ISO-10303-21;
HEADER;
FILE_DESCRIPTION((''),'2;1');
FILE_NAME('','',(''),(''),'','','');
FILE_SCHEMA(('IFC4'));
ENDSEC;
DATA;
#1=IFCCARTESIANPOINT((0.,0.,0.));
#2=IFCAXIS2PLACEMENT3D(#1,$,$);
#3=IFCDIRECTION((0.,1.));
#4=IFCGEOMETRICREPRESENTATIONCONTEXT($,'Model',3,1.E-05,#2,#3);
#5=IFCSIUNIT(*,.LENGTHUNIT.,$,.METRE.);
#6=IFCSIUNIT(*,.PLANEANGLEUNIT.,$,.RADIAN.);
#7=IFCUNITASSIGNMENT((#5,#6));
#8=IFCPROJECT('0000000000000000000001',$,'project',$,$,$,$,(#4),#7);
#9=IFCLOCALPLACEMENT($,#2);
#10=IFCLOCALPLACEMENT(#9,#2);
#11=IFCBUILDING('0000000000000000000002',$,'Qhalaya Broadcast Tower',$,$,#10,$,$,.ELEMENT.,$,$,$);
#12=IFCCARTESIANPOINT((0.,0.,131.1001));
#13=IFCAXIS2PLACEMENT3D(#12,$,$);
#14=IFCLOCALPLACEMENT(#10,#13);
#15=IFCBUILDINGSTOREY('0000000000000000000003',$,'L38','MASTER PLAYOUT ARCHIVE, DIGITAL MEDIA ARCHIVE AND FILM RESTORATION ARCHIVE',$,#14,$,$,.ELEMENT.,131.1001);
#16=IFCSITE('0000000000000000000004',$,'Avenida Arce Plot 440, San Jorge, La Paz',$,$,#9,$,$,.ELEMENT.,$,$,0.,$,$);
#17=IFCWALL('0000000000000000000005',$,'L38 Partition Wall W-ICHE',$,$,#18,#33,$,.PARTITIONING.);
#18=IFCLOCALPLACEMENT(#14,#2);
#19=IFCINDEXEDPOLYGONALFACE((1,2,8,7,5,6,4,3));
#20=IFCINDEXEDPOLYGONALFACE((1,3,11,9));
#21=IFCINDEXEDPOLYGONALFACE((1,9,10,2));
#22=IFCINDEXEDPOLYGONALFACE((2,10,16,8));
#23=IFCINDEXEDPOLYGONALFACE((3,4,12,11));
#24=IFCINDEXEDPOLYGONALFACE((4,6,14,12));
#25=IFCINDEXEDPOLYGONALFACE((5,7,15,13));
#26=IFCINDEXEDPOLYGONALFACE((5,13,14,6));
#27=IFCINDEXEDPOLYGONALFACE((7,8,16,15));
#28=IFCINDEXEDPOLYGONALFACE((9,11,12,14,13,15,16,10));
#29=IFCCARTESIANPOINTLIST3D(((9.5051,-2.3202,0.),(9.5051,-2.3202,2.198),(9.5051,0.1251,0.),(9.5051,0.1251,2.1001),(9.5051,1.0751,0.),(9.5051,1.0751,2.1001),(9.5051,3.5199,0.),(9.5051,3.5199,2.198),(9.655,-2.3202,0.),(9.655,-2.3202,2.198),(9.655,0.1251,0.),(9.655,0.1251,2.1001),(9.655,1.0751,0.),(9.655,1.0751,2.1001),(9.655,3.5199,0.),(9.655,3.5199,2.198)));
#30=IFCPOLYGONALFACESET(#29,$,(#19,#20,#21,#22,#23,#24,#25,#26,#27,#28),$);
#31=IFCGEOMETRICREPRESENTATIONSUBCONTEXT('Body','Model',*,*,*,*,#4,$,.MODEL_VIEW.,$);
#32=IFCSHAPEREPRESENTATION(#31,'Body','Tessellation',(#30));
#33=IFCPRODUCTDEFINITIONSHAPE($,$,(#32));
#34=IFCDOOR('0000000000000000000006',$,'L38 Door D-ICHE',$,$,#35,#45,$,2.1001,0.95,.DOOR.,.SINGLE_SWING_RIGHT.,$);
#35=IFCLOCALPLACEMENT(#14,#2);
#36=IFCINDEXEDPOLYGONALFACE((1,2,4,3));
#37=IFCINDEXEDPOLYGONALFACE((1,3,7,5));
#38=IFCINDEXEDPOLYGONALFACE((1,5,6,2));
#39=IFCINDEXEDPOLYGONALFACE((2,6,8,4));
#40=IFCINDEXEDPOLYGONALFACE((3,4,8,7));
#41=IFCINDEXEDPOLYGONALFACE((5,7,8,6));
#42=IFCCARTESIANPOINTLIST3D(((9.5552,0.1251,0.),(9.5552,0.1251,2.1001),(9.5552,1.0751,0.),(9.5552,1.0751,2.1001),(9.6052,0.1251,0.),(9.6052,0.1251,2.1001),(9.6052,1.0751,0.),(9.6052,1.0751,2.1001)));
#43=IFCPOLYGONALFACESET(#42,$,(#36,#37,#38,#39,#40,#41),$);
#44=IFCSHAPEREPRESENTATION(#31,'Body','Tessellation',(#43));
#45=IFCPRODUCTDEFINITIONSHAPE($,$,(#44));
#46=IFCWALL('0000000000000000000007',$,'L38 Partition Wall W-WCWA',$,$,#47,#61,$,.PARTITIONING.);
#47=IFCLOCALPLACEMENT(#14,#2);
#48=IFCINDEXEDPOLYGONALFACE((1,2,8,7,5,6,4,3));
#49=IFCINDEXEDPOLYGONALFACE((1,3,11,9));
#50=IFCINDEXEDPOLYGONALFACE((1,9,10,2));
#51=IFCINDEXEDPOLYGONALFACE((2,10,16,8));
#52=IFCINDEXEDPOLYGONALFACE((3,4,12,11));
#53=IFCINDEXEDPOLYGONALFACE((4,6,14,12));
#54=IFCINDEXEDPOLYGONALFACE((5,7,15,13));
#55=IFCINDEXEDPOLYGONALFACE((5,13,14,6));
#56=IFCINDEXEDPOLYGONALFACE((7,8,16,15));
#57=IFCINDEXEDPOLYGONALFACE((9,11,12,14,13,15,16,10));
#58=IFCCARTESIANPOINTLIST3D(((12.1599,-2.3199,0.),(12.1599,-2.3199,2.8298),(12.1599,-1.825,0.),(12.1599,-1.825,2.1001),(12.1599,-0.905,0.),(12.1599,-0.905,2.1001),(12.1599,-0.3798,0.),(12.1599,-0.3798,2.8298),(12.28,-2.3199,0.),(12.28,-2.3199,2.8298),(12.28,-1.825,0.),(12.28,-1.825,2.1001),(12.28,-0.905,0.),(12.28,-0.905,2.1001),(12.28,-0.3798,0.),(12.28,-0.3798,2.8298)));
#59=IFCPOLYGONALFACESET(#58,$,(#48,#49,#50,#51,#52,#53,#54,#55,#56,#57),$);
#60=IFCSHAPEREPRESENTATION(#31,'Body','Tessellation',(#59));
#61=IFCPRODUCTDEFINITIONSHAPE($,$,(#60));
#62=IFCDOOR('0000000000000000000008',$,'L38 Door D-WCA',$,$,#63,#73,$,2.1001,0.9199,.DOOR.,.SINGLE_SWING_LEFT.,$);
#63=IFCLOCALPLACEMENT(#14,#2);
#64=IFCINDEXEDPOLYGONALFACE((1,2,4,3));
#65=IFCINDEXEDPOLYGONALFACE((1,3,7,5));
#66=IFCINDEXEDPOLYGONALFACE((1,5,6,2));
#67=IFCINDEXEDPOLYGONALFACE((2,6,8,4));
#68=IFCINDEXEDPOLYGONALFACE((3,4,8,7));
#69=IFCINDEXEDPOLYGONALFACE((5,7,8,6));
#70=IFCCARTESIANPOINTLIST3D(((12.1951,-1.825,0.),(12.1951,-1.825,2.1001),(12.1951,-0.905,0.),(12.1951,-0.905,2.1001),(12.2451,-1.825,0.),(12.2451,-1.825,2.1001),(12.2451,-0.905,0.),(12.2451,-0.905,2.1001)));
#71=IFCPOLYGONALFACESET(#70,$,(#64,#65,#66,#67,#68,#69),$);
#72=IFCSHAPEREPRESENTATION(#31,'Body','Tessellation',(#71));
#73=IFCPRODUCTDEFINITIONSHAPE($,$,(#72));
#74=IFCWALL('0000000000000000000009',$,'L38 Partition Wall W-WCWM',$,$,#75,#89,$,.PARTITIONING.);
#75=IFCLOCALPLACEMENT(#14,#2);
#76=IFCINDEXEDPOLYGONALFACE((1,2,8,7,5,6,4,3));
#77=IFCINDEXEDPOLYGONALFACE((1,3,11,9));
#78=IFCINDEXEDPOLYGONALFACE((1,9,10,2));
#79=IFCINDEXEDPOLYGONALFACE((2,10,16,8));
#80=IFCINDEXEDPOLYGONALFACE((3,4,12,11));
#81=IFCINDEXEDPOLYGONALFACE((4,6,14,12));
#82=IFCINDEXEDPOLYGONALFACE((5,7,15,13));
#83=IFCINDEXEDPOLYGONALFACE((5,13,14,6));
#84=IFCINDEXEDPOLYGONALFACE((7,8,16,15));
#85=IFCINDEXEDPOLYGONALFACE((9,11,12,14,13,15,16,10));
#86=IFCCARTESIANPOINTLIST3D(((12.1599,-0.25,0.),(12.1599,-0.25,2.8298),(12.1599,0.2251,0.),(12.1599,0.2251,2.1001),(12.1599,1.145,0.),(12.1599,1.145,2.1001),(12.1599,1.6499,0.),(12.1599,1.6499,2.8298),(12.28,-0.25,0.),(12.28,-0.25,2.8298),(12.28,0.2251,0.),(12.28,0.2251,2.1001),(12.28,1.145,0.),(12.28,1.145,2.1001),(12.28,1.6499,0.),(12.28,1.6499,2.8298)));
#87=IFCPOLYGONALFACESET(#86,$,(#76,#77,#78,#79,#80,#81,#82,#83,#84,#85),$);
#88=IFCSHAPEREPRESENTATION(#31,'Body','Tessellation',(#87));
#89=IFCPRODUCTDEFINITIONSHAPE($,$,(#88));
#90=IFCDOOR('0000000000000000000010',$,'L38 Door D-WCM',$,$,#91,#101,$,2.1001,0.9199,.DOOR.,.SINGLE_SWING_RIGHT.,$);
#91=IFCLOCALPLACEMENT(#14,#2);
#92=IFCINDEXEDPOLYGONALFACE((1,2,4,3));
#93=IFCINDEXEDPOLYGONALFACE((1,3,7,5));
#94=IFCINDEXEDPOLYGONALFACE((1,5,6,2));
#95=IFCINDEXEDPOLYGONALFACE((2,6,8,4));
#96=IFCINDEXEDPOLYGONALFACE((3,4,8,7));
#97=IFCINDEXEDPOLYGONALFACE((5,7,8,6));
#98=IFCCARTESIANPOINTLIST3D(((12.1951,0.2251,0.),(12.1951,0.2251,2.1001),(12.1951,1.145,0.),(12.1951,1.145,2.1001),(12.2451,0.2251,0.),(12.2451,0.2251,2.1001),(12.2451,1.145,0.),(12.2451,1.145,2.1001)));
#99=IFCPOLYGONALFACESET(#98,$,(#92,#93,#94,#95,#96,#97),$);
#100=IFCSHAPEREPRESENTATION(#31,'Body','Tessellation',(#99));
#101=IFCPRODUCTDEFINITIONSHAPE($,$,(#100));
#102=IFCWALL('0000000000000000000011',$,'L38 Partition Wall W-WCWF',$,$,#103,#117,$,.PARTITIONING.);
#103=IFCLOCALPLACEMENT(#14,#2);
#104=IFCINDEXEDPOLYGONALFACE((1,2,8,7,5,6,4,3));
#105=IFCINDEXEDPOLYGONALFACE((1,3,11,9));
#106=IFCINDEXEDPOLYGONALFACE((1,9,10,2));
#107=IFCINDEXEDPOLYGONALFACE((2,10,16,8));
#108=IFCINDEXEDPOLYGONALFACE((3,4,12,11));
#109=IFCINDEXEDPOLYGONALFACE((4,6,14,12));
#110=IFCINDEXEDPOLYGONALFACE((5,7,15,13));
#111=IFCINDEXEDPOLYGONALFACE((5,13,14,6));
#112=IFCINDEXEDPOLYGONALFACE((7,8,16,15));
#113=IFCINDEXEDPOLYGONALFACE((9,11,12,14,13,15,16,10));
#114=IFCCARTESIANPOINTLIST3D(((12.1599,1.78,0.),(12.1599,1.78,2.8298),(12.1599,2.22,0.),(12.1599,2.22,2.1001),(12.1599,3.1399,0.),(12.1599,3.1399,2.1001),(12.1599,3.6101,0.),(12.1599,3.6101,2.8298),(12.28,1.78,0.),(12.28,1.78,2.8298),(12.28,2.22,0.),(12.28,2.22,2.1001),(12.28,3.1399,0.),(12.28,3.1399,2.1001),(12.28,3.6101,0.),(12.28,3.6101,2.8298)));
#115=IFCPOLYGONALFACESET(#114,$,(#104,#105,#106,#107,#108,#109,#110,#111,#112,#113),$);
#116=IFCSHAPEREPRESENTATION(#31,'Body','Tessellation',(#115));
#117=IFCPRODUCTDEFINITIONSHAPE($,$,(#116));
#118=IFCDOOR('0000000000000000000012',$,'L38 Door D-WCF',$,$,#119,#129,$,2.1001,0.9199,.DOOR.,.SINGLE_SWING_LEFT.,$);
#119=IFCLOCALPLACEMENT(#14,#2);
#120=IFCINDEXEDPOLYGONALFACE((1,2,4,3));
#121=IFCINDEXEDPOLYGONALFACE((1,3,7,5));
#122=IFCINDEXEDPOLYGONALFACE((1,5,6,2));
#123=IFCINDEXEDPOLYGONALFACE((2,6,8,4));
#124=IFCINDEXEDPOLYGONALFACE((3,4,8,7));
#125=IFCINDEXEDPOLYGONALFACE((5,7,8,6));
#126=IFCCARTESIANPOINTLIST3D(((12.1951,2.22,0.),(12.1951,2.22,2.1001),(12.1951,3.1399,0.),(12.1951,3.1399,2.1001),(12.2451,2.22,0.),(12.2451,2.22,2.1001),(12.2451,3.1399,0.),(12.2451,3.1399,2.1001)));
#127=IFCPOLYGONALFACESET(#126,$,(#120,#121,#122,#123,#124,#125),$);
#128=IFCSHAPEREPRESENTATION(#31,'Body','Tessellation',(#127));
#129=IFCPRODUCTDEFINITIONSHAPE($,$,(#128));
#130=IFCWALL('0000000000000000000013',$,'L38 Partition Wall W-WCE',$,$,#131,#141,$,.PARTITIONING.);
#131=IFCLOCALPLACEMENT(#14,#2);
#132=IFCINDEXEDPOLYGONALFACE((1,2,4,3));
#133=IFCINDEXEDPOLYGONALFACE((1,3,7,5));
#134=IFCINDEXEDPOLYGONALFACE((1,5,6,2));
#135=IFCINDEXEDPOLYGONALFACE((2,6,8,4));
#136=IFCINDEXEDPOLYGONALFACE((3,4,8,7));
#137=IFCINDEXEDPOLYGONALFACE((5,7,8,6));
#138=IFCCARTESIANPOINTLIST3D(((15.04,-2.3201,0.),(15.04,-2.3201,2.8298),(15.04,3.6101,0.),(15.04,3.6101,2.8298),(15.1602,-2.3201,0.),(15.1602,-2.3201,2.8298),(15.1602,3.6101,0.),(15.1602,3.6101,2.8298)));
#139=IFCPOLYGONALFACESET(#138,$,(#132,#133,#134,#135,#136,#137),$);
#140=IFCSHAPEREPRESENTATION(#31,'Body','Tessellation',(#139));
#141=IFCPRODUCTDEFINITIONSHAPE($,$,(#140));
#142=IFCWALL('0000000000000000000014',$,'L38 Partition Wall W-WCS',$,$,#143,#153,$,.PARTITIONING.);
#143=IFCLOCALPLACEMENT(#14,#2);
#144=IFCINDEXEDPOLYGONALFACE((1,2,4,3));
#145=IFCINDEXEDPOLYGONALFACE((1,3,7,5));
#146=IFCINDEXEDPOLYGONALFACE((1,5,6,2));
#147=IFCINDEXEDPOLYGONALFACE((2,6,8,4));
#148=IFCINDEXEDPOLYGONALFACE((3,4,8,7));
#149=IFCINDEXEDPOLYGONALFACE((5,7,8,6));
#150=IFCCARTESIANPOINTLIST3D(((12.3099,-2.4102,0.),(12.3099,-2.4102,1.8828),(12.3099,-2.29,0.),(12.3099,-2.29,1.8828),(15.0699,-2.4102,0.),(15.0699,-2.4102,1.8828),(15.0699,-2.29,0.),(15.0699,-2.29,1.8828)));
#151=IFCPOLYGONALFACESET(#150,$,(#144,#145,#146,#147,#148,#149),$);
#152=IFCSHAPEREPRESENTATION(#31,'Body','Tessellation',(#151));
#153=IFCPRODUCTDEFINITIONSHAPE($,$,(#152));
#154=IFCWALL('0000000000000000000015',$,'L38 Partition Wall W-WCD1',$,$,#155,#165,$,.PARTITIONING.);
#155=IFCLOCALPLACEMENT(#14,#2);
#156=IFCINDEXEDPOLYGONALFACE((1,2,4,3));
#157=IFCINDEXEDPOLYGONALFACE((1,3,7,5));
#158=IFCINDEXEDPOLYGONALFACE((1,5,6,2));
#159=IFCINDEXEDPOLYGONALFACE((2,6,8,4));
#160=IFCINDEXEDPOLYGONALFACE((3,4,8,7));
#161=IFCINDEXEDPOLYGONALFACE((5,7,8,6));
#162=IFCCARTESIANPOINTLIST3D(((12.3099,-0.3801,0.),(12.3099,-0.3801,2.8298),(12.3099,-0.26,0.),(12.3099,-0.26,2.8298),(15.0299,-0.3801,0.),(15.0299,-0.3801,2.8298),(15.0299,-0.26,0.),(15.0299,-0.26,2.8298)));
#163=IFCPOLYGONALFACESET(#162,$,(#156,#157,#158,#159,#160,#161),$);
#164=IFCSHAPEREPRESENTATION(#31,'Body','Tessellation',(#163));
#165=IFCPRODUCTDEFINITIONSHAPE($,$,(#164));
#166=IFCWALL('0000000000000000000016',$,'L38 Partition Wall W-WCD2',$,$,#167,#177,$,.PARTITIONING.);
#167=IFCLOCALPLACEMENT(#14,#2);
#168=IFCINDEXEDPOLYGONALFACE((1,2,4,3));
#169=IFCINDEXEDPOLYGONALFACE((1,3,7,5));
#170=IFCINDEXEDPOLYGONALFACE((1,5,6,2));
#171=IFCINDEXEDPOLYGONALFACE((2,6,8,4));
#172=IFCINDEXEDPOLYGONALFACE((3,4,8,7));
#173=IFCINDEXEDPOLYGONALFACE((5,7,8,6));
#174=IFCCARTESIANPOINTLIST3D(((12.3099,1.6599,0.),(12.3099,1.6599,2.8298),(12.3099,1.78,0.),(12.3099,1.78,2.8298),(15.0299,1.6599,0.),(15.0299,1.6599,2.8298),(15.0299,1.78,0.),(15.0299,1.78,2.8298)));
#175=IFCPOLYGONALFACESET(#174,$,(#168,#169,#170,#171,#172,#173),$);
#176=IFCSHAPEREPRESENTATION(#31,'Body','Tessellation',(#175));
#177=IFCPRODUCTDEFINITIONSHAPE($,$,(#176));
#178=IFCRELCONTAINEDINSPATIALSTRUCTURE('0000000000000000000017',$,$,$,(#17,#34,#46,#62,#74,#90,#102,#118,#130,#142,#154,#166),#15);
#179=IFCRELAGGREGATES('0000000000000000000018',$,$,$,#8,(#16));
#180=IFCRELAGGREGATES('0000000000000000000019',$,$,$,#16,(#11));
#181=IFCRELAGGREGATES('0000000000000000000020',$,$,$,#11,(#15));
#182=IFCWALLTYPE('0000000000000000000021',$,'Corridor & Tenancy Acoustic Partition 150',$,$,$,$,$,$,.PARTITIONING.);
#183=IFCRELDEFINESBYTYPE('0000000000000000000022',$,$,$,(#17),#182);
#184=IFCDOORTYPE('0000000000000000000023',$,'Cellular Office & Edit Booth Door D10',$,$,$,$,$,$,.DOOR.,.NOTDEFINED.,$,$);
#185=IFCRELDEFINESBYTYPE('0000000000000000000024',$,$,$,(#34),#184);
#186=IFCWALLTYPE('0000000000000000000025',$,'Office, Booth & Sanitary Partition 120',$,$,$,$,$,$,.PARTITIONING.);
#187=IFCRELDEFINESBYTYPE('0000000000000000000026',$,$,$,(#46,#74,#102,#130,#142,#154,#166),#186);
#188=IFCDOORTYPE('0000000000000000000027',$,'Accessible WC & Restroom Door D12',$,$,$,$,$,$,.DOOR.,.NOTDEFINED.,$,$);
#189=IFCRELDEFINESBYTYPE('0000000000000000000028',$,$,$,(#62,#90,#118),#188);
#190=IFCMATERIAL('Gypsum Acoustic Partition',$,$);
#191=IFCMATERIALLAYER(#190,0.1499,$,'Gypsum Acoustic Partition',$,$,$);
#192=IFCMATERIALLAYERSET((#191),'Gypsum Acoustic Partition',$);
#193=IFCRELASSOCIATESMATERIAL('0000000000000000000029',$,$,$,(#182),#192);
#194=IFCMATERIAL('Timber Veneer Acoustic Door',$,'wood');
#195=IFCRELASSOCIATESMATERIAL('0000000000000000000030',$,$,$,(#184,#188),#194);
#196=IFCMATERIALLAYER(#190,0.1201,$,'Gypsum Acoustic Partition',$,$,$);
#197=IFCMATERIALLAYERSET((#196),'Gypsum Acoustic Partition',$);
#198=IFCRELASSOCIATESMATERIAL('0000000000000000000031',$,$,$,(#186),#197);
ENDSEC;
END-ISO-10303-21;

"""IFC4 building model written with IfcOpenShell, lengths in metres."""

from ifc_helpers import new_model, si_unit, direction, frame, frame_2d, origin, place, context, subcontext, project, spatial, rectangle, extrude, material, layer, layer_set, type_object, element, fill, save


model = new_model("IFC4")

# Units and contexts
model_context = context("Model", 3, precision=1e-05, world=origin(), true_north=direction((0.0, 1.0)))
body_context = subcontext(model_context, "Body", "Model", "MODEL_VIEW")
ifc_project = project(units=[si_unit("LENGTHUNIT", "METRE"), si_unit("PLANEANGLEUNIT", "RADIAN")], contexts=[model_context])

# Site, building, storey
site_placement = place(None, origin())
site = spatial("IfcSite", under=ifc_project, at=site_placement, Name="Avenida Arce Plot 440, San Jorge, La Paz", CompositionType="ELEMENT", RefElevation=0.0)
building_placement = place(site_placement, origin())
building = spatial("IfcBuilding", under=site, at=building_placement, Name="Qhalaya Broadcast Tower", CompositionType="ELEMENT")
storey_placement = place(building_placement, frame((0.0, 0.0, 131.1001)))
storey = spatial("IfcBuildingStorey", under=building, at=storey_placement, Name="L38", Description="MASTER PLAYOUT ARCHIVE, DIGITAL MEDIA ARCHIVE AND FILM RESTORATION ARCHIVE", CompositionType="ELEMENT", Elevation=131.1001)

# Walls, openings, doors
ifc_material_1 = material(Name="Gypsum Acoustic Partition")
ifc_layer_1 = layer(ifc_material_1, 0.1499, Name="Gypsum Acoustic Partition")
ifc_layer_set_1 = layer_set([ifc_layer_1], Name="Gypsum Acoustic Partition")
wall_type_1 = type_object("IfcWallType", Name="Corridor & Tenancy Acoustic Partition 150", PredefinedType="PARTITIONING", material=ifc_layer_set_1)
wall_1_placement = place(storey_placement, frame((9.5801, -2.3201, 0.0), z_axis=(0.0, 0.0, 1.0), x_axis=(0.0, 1.0, 0.0)))
wall_1 = element("IfcWall", 1, at=wall_1_placement, inside=storey, type_object=wall_type_1, Name="L38 Partition Wall W-ICHE", PredefinedType="PARTITIONING", context=body_context, shape_type="SweptSolid", body=[
    extrude(rectangle(XDim=5.8401, YDim=0.1499, at=frame_2d((2.9199, 0.0))), origin(), (0.0, 0.0, 1.0), 2.198),
])
opening_1_placement = place(wall_1_placement, frame((2.4451, 0.0, 0.0)))
opening_1 = element("IfcOpeningElement", 2, at=opening_1_placement, cuts=wall_1, PredefinedType="OPENING", context=body_context, shape_type="SweptSolid", body=[
    extrude(rectangle(XDim=0.95, YDim=2.1001, at=frame_2d((0.4751, 1.05))), frame((0.0, 0.0869, 0.0), z_axis=(0.0, -1.0, 0.0), x_axis=(1.0, 0.0, 0.0)), (0.0, 0.0, 1.0), 0.1738),
])
ifc_material_2 = material(Name="Timber Veneer Acoustic Door", Category="wood")
door_type_1 = type_object("IfcDoorType", Name="Cellular Office & Edit Booth Door D10", OperationType="NOTDEFINED", PredefinedType="DOOR", material=ifc_material_2)
door_1_placement = place(opening_1_placement, origin())
door_1 = element("IfcDoor", 3, at=door_1_placement, inside=storey, type_object=door_type_1, Name="L38 Door D-ICHE", OperationType="SINGLE_SWING_RIGHT", OverallHeight=2.1001, OverallWidth=0.95, PredefinedType="DOOR", context=body_context, shape_type="SweptSolid", body=[
    extrude(rectangle(XDim=0.95, YDim=2.1001, at=frame_2d((0.4751, 1.05))), frame((0.0, 0.0249, 0.0), z_axis=(0.0, -1.0, 0.0), x_axis=(1.0, 0.0, 0.0)), (0.0, 0.0, 1.0), 0.05),
])
fill(opening_1, door_1)
ifc_layer_2 = layer(ifc_material_1, 0.1201, Name="Gypsum Acoustic Partition")
ifc_layer_set_2 = layer_set([ifc_layer_2], Name="Gypsum Acoustic Partition")
wall_type_2 = type_object("IfcWallType", Name="Office, Booth & Sanitary Partition 120", PredefinedType="PARTITIONING", material=ifc_layer_set_2)
wall_2_placement = place(storey_placement, frame((12.22, -2.3201, 0.0), z_axis=(0.0, 0.0, 1.0), x_axis=(0.0, 1.0, 0.0)))
wall_2 = element("IfcWall", 4, at=wall_2_placement, inside=storey, type_object=wall_type_2, Name="L38 Partition Wall W-WCWA", PredefinedType="PARTITIONING", context=body_context, shape_type="SweptSolid", body=[
    extrude(rectangle(XDim=1.9402, YDim=0.1201, at=frame_2d((0.9702, 0.0))), origin(), (0.0, 0.0, 1.0), 2.8298),
])
opening_2_placement = place(wall_2_placement, frame((0.4951, 0.0, 0.0)))
opening_2 = element("IfcOpeningElement", 5, at=opening_2_placement, cuts=wall_2, PredefinedType="OPENING", context=body_context, shape_type="SweptSolid", body=[
    extrude(rectangle(XDim=0.9199, YDim=2.1001, at=frame_2d((0.46, 1.05))), frame((0.0, 0.072, 0.0), z_axis=(0.0, -1.0, 0.0), x_axis=(1.0, 0.0, 0.0)), (0.0, 0.0, 1.0), 0.144),
])
door_type_2 = type_object("IfcDoorType", Name="Accessible WC & Restroom Door D12", OperationType="NOTDEFINED", PredefinedType="DOOR", material=ifc_material_2)
door_2_placement = place(opening_2_placement, origin())
door_2 = element("IfcDoor", 6, at=door_2_placement, inside=storey, type_object=door_type_2, Name="L38 Door D-WCA", OperationType="SINGLE_SWING_LEFT", OverallHeight=2.1001, OverallWidth=0.9199, PredefinedType="DOOR", context=body_context, shape_type="SweptSolid", body=[
    extrude(rectangle(XDim=0.9199, YDim=2.1001, at=frame_2d((0.46, 1.05))), frame((0.0, 0.0249, 0.0), z_axis=(0.0, -1.0, 0.0), x_axis=(1.0, 0.0, 0.0)), (0.0, 0.0, 1.0), 0.05),
])
fill(opening_2, door_2)
wall_3_placement = place(storey_placement, frame((12.22, -0.25, 0.0), z_axis=(0.0, 0.0, 1.0), x_axis=(0.0, 1.0, 0.0)))
wall_3 = element("IfcWall", 7, at=wall_3_placement, inside=storey, type_object=wall_type_2, Name="L38 Partition Wall W-WCWM", PredefinedType="PARTITIONING", context=body_context, shape_type="SweptSolid", body=[
    extrude(rectangle(XDim=1.8999, YDim=0.1201, at=frame_2d((0.95, 0.0))), origin(), (0.0, 0.0, 1.0), 2.8298),
])
opening_3_placement = place(wall_3_placement, frame((0.4751, 0.0, 0.0)))
opening_3 = element("IfcOpeningElement", 8, at=opening_3_placement, cuts=wall_3, PredefinedType="OPENING", context=body_context, shape_type="SweptSolid", body=[
    extrude(rectangle(XDim=0.9199, YDim=2.1001, at=frame_2d((0.46, 1.05))), frame((0.0, 0.072, 0.0), z_axis=(0.0, -1.0, 0.0), x_axis=(1.0, 0.0, 0.0)), (0.0, 0.0, 1.0), 0.144),
])
door_3_placement = place(opening_3_placement, origin())
door_3 = element("IfcDoor", 9, at=door_3_placement, inside=storey, type_object=door_type_2, Name="L38 Door D-WCM", OperationType="SINGLE_SWING_RIGHT", OverallHeight=2.1001, OverallWidth=0.9199, PredefinedType="DOOR", context=body_context, shape_type="SweptSolid", body=[
    extrude(rectangle(XDim=0.9199, YDim=2.1001, at=frame_2d((0.46, 1.05))), frame((0.0, 0.0249, 0.0), z_axis=(0.0, -1.0, 0.0), x_axis=(1.0, 0.0, 0.0)), (0.0, 0.0, 1.0), 0.05),
])
fill(opening_3, door_3)
wall_4_placement = place(storey_placement, frame((12.22, 1.78, 0.0), z_axis=(0.0, 0.0, 1.0), x_axis=(0.0, 1.0, 0.0)))
wall_4 = element("IfcWall", 10, at=wall_4_placement, inside=storey, type_object=wall_type_2, Name="L38 Partition Wall W-WCWF", PredefinedType="PARTITIONING", context=body_context, shape_type="SweptSolid", body=[
    extrude(rectangle(XDim=1.8301, YDim=0.1201, at=frame_2d((0.915, 0.0))), origin(), (0.0, 0.0, 1.0), 2.8298),
])
opening_4_placement = place(wall_4_placement, frame((0.4399, 0.0, 0.0)))
opening_4 = element("IfcOpeningElement", 11, at=opening_4_placement, cuts=wall_4, PredefinedType="OPENING", context=body_context, shape_type="SweptSolid", body=[
    extrude(rectangle(XDim=0.9199, YDim=2.1001, at=frame_2d((0.46, 1.05))), frame((0.0, 0.072, 0.0), z_axis=(0.0, -1.0, 0.0), x_axis=(1.0, 0.0, 0.0)), (0.0, 0.0, 1.0), 0.144),
])
door_4_placement = place(opening_4_placement, origin())
door_4 = element("IfcDoor", 12, at=door_4_placement, inside=storey, type_object=door_type_2, Name="L38 Door D-WCF", OperationType="SINGLE_SWING_LEFT", OverallHeight=2.1001, OverallWidth=0.9199, PredefinedType="DOOR", context=body_context, shape_type="SweptSolid", body=[
    extrude(rectangle(XDim=0.9199, YDim=2.1001, at=frame_2d((0.46, 1.05))), frame((0.0, 0.0249, 0.0), z_axis=(0.0, -1.0, 0.0), x_axis=(1.0, 0.0, 0.0)), (0.0, 0.0, 1.0), 0.05),
])
fill(opening_4, door_4)

# Walls
wall_5_placement = place(storey_placement, frame((15.1001, -2.3201, 0.0), z_axis=(0.0, 0.0, 1.0), x_axis=(0.0, 1.0, 0.0)))
element("IfcWall", 13, at=wall_5_placement, inside=storey, type_object=wall_type_2, Name="L38 Partition Wall W-WCE", PredefinedType="PARTITIONING", context=body_context, shape_type="SweptSolid", body=[
    extrude(rectangle(XDim=5.9302, YDim=0.1201, at=frame_2d((2.9651, 0.0))), origin(), (0.0, 0.0, 1.0), 2.8298),
])
wall_6_placement = place(storey_placement, frame((12.3101, -2.3501, 0.0), z_axis=(0.0, 0.0, 1.0), x_axis=(1.0, 0.0, 0.0)))
element("IfcWall", 14, at=wall_6_placement, inside=storey, type_object=wall_type_2, Name="L38 Partition Wall W-WCS", PredefinedType="PARTITIONING", context=body_context, shape_type="SweptSolid", body=[
    extrude(rectangle(XDim=2.76, YDim=0.1201, at=frame_2d((1.3799, 0.0))), origin(), (0.0, 0.0, 1.0), 1.8828),
])
for number, where, z_axis, x_axis, name in (
    (15, (12.3101, -0.3201, 0.0), (0.0, 0.0, 1.0), (1.0, 0.0, 0.0), "L38 Partition Wall W-WCD1"),
    (16, (12.3101, 1.72, 0.0), (0.0, 0.0, 1.0), (1.0, 0.0, 0.0), "L38 Partition Wall W-WCD2"),
):
    element("IfcWall", number, at=place(storey_placement, frame(where, z_axis=z_axis, x_axis=x_axis)), inside=storey, type_object=wall_type_2, Name=name, PredefinedType="PARTITIONING", context=body_context, shape_type="SweptSolid", body=[
        extrude(rectangle(XDim=2.72, YDim=0.1201, at=frame_2d((1.3599, 0.0))), origin(), (0.0, 0.0, 1.0), 2.8298),
    ])

save(model, "model.ifc")
